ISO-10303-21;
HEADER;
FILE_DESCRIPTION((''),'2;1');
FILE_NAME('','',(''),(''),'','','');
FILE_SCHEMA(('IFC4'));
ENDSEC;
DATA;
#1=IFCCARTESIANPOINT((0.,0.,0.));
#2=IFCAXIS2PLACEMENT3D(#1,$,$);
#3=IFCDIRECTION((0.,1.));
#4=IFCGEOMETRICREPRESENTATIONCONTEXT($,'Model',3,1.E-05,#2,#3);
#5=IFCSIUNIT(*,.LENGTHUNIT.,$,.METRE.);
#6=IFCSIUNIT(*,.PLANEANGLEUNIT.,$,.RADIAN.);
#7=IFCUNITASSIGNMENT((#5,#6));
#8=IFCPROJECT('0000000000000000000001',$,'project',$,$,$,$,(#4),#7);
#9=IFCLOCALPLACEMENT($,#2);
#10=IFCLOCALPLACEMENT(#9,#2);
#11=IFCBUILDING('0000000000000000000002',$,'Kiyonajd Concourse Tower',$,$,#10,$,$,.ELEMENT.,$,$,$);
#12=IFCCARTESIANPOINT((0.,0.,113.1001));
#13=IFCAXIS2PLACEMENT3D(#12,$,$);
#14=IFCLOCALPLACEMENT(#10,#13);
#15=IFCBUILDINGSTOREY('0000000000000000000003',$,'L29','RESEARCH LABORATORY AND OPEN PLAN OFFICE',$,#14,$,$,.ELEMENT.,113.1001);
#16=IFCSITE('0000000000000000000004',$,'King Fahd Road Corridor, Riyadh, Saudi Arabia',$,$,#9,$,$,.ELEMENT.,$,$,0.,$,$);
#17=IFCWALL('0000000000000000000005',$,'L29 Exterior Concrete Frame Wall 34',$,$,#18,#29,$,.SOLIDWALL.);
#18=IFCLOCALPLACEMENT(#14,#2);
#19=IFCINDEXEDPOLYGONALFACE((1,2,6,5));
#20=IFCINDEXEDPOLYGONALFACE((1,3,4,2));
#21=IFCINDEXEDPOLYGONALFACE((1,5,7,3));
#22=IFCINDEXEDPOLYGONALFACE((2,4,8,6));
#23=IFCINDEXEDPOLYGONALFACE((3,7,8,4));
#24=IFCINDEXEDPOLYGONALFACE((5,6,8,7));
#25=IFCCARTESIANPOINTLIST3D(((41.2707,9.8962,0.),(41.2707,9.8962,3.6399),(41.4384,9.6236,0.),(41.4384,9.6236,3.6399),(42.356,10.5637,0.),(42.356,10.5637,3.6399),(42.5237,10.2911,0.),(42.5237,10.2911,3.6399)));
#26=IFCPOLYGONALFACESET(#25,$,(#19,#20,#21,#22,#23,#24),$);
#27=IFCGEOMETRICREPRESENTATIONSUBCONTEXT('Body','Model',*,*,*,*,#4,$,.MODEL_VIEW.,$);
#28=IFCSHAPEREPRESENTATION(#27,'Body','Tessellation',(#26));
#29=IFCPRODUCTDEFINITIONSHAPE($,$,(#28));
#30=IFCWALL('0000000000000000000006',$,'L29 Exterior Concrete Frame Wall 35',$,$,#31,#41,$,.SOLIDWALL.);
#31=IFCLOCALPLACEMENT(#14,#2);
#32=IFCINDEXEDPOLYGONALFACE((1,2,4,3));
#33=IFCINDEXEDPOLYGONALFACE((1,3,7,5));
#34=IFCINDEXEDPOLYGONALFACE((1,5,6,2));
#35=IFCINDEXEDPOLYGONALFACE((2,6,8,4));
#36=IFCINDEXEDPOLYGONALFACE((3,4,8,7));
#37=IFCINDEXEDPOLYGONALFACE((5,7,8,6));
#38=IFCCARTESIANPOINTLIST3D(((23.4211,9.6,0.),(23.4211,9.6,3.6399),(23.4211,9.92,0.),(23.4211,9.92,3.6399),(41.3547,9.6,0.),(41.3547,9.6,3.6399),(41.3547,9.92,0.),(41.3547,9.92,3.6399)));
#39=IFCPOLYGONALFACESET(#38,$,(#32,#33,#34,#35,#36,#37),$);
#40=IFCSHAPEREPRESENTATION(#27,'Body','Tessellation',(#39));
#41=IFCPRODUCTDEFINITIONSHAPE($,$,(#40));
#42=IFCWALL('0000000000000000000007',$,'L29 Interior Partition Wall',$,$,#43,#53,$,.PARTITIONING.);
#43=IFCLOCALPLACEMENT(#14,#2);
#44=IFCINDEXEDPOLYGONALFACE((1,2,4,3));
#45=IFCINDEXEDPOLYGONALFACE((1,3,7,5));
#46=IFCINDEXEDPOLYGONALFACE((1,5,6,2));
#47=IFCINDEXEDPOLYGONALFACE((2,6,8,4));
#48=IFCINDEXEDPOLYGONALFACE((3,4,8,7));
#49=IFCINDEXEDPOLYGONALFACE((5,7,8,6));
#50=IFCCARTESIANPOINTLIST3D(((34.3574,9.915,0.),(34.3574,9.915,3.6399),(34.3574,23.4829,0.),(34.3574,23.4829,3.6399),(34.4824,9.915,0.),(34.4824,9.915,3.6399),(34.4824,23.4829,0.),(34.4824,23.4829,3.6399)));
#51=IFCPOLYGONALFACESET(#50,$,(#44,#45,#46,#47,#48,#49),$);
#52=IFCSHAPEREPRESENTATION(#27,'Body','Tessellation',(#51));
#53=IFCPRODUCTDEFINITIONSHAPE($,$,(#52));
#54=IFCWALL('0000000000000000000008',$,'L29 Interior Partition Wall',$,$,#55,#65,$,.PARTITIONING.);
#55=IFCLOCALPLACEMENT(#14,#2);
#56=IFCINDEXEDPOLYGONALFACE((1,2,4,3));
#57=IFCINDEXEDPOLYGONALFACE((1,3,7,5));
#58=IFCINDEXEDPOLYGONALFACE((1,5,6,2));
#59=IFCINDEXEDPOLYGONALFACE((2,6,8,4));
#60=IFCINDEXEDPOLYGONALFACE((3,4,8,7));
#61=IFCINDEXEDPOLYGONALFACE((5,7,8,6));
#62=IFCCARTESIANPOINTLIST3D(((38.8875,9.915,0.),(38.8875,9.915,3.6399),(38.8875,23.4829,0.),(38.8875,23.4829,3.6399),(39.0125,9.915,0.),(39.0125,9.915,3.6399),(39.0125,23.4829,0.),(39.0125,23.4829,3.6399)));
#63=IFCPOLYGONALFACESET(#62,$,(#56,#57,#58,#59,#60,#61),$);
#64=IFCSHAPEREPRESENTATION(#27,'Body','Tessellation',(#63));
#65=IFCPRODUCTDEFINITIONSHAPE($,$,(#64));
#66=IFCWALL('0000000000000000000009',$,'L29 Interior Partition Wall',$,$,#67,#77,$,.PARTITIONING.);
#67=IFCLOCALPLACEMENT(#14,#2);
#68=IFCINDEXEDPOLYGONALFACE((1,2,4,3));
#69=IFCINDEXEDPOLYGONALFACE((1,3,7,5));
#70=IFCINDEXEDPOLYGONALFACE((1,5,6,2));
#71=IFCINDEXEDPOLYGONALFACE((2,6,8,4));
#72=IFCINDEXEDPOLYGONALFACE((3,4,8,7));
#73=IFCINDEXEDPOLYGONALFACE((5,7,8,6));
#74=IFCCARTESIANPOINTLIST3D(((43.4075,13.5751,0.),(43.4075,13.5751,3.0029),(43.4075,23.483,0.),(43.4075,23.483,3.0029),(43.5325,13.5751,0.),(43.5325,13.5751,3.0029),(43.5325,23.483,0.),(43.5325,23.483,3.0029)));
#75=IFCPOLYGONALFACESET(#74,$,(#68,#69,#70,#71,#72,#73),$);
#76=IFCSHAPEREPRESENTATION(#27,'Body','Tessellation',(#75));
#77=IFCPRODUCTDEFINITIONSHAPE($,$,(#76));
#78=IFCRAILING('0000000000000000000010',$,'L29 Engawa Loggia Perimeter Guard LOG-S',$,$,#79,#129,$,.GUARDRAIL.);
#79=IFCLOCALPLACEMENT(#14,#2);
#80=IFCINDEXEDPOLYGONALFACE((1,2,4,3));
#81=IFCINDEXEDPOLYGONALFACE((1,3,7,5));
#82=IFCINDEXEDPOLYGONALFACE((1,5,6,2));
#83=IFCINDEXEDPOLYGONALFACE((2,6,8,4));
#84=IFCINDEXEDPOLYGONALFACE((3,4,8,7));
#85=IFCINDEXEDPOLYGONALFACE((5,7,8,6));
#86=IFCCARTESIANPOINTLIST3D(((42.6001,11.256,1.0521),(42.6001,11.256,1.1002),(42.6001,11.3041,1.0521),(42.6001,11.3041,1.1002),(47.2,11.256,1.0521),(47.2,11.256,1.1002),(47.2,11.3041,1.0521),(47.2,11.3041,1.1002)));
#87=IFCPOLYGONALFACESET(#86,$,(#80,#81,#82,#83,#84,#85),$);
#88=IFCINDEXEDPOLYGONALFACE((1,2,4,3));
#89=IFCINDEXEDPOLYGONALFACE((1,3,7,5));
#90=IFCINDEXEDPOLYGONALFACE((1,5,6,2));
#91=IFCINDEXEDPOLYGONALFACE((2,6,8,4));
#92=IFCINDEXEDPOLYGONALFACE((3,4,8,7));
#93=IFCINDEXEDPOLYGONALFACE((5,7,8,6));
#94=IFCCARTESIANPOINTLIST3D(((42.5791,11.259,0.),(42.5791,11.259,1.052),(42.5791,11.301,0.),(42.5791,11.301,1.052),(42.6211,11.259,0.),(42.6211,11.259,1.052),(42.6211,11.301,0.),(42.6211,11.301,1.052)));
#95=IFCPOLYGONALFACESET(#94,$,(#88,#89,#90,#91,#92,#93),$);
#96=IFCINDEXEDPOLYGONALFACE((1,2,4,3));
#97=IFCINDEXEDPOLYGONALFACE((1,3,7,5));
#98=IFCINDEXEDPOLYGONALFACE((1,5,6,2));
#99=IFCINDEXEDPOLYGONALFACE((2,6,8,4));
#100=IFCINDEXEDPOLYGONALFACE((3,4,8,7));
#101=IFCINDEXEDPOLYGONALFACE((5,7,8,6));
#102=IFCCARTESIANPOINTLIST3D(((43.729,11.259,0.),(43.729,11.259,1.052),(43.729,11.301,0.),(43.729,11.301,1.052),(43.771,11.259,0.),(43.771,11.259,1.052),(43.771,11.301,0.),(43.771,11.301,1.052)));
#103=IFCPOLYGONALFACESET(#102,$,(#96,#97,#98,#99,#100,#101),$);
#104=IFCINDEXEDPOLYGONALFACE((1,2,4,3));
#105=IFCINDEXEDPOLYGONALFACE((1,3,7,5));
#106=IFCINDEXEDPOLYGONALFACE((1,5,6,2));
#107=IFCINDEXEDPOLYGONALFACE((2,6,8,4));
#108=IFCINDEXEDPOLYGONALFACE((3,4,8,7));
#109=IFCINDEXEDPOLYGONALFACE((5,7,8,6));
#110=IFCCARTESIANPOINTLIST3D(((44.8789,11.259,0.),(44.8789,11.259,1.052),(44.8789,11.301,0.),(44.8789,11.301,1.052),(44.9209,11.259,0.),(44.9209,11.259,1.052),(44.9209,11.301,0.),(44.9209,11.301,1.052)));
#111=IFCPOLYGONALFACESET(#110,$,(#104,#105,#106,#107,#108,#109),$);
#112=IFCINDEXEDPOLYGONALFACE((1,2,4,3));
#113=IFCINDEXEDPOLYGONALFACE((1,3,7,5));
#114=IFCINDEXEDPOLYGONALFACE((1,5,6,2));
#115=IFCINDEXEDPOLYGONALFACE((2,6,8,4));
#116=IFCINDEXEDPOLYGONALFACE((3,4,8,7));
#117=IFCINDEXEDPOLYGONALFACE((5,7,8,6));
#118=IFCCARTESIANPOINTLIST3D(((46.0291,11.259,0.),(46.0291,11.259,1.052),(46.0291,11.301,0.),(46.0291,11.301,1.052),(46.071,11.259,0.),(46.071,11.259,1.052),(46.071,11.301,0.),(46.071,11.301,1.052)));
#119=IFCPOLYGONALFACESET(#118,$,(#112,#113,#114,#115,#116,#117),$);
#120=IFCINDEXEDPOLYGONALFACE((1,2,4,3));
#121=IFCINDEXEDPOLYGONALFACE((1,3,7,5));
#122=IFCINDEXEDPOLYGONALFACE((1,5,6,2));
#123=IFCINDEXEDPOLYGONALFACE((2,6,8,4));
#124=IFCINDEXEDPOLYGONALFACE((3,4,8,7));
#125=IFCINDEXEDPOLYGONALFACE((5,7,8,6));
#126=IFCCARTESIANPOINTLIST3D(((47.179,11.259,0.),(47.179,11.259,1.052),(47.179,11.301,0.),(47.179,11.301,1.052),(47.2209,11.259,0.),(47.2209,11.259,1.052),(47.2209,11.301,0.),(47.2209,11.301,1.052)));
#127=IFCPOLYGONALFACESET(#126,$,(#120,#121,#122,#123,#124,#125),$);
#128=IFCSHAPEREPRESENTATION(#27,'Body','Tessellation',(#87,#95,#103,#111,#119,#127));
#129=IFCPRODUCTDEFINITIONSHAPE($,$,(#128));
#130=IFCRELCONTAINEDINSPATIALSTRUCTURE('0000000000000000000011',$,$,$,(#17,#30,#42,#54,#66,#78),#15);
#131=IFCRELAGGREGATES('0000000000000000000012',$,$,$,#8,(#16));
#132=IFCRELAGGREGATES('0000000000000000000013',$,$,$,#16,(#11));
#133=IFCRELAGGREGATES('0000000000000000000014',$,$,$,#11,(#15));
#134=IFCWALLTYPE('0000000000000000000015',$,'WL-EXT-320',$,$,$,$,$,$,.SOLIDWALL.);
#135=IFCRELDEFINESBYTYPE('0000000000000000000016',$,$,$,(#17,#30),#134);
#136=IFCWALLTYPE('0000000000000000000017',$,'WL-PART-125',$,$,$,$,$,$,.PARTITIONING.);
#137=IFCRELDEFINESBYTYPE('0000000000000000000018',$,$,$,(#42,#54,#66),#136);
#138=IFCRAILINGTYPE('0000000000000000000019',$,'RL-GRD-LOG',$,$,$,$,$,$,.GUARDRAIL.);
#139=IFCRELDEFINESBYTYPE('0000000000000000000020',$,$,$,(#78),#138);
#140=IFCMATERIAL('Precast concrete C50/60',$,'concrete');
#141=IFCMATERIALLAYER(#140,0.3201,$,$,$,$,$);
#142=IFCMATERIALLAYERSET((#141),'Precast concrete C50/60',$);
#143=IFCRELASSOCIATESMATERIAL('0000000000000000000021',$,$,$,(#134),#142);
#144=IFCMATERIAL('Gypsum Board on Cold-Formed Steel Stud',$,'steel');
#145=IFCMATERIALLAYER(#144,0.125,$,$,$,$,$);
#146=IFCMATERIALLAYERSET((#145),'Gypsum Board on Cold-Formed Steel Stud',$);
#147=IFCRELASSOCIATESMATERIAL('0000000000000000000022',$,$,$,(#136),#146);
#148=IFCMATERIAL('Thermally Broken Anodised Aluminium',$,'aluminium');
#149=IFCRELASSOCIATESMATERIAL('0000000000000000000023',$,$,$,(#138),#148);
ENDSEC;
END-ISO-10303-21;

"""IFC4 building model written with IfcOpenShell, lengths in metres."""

from ifc_helpers import new_model, si_unit, direction, frame, frame_2d, origin, origin_2d, place, context, subcontext, project, spatial, rectangle, extrude, material, layer, layer_set, type_object, element, save


model = new_model("IFC4")

# Units and contexts
model_context = context("Model", 3, precision=1e-05, world=origin(), true_north=direction((0.0, 1.0)))
body_context = subcontext(model_context, "Body", "Model", "MODEL_VIEW")
ifc_project = project(units=[si_unit("LENGTHUNIT", "METRE"), si_unit("PLANEANGLEUNIT", "RADIAN")], contexts=[model_context])

# Site, building, storey
site_placement = place(None, origin())
site = spatial("IfcSite", under=ifc_project, at=site_placement, Name="King Fahd Road Corridor, Riyadh, Saudi Arabia", CompositionType="ELEMENT", RefElevation=0.0)
building_placement = place(site_placement, origin())
building = spatial("IfcBuilding", under=site, at=building_placement, Name="Kiyonajd Concourse Tower", CompositionType="ELEMENT")
storey_placement = place(building_placement, frame((0.0, 0.0, 113.1001)))
storey = spatial("IfcBuildingStorey", under=building, at=storey_placement, Name="L29", Description="RESEARCH LABORATORY AND OPEN PLAN OFFICE", CompositionType="ELEMENT", Elevation=113.1001)

# Shared definitions
ifc_material_1 = material(Name="Precast concrete C50/60", Category="concrete")

# Shared definitions
ifc_material_2 = material(Name="Thermally Broken Anodised Aluminium", Category="aluminium")

# Walls
ifc_layer_1 = layer(ifc_material_1, 0.3201)
ifc_layer_set_1 = layer_set([ifc_layer_1], Name="Precast concrete C50/60")
wall_type_1 = type_object("IfcWallType", Name="WL-EXT-320", PredefinedType="SOLIDWALL", material=ifc_layer_set_1)
wall_1_placement = place(storey_placement, frame((42.4399, 10.4275, 0.0), z_axis=(0.0, 0.0, 1.0), x_axis=(-0.851777, -0.523905, 0.0)))
element("IfcWall", 1, at=wall_1_placement, inside=storey, type_object=wall_type_1, Name="L29 Exterior Concrete Frame Wall 34", PredefinedType="SOLIDWALL", context=body_context, shape_type="SweptSolid", body=[
    extrude(rectangle(XDim=1.2742, YDim=0.3201, at=frame_2d((0.6372, 0.0))), origin(), (0.0, 0.0, 1.0), 3.6399),
])
wall_2_placement = place(storey_placement, frame((41.3547, 9.76, 0.0), z_axis=(0.0, 0.0, 1.0), x_axis=(-1.0, 0.0, 0.0)))
element("IfcWall", 2, at=wall_2_placement, inside=storey, type_object=wall_type_1, Name="L29 Exterior Concrete Frame Wall 35", PredefinedType="SOLIDWALL", context=body_context, shape_type="SweptSolid", body=[
    extrude(rectangle(XDim=17.9336, YDim=0.3201, at=frame_2d((8.9668, 0.0))), origin(), (0.0, 0.0, 1.0), 3.6399),
])
ifc_material_3 = material(Name="Gypsum Board on Cold-Formed Steel Stud", Category="steel")
ifc_layer_2 = layer(ifc_material_3, 0.125)
ifc_layer_set_2 = layer_set([ifc_layer_2], Name="Gypsum Board on Cold-Formed Steel Stud")
wall_type_2 = type_object("IfcWallType", Name="WL-PART-125", PredefinedType="PARTITIONING", material=ifc_layer_set_2)
for number, where, z_axis, x_axis, name in (
    (3, (34.4199, 9.915, 0.0), (0.0, 0.0, 1.0), (0.0, 1.0, 0.0), "L29 Interior Partition Wall"),
    (4, (38.95, 9.915, 0.0), (0.0, 0.0, 1.0), (0.0, 1.0, 0.0), "L29 Interior Partition Wall"),
):
    element("IfcWall", number, at=place(storey_placement, frame(where, z_axis=z_axis, x_axis=x_axis)), inside=storey, type_object=wall_type_2, Name=name, PredefinedType="PARTITIONING", context=body_context, shape_type="SweptSolid", body=[
        extrude(rectangle(XDim=13.5679, YDim=0.125, at=frame_2d((6.7839, 0.0))), origin(), (0.0, 0.0, 1.0), 3.6399),
    ])
wall_3_placement = place(storey_placement, frame((43.47, 13.575, 0.0), z_axis=(0.0, 0.0, 1.0), x_axis=(0.0, 1.0, 0.0)))
element("IfcWall", 5, at=wall_3_placement, inside=storey, type_object=wall_type_2, Name="L29 Interior Partition Wall", PredefinedType="PARTITIONING", context=body_context, shape_type="SweptSolid", body=[
    extrude(rectangle(XDim=9.908, YDim=0.125, at=frame_2d((4.9541, 0.0))), origin(), (0.0, 0.0, 1.0), 3.0029),
])

# Railing
railing_type = type_object("IfcRailingType", Name="RL-GRD-LOG", PredefinedType="GUARDRAIL", material=ifc_material_2)
railing_placement = place(storey_placement, frame((42.6001, 11.28, 0.0)))
element("IfcRailing", 6, at=railing_placement, inside=storey, type_object=railing_type, Name="L29 Engawa Loggia Perimeter Guard LOG-S", PredefinedType="GUARDRAIL", context=body_context, shape_type="SweptSolid", body=[
    extrude(rectangle(XDim=0.0481, YDim=0.0481, at=origin_2d()), frame((0.0, 0.0, 1.0762), z_axis=(1.0, 0.0, 0.0), x_axis=(0.0, 1.0, 0.0)), (0.0, 0.0, 1.0), 4.5999),
    extrude(rectangle(XDim=0.042, YDim=0.042, at=origin_2d()), origin(), (0.0, 0.0, 1.0), 1.052),
    extrude(rectangle(XDim=0.042, YDim=0.042, at=origin_2d()), frame((1.1499, 0.0, 0.0)), (0.0, 0.0, 1.0), 1.052),
    extrude(rectangle(XDim=0.042, YDim=0.042, at=origin_2d()), frame((2.2998, 0.0, 0.0)), (0.0, 0.0, 1.0), 1.052),
    extrude(rectangle(XDim=0.042, YDim=0.042, at=origin_2d()), frame((3.45, 0.0, 0.0)), (0.0, 0.0, 1.0), 1.052),
    extrude(rectangle(XDim=0.042, YDim=0.042, at=origin_2d()), frame((4.5999, 0.0, 0.0)), (0.0, 0.0, 1.0), 1.052),
])

save(model, "model.ifc")
